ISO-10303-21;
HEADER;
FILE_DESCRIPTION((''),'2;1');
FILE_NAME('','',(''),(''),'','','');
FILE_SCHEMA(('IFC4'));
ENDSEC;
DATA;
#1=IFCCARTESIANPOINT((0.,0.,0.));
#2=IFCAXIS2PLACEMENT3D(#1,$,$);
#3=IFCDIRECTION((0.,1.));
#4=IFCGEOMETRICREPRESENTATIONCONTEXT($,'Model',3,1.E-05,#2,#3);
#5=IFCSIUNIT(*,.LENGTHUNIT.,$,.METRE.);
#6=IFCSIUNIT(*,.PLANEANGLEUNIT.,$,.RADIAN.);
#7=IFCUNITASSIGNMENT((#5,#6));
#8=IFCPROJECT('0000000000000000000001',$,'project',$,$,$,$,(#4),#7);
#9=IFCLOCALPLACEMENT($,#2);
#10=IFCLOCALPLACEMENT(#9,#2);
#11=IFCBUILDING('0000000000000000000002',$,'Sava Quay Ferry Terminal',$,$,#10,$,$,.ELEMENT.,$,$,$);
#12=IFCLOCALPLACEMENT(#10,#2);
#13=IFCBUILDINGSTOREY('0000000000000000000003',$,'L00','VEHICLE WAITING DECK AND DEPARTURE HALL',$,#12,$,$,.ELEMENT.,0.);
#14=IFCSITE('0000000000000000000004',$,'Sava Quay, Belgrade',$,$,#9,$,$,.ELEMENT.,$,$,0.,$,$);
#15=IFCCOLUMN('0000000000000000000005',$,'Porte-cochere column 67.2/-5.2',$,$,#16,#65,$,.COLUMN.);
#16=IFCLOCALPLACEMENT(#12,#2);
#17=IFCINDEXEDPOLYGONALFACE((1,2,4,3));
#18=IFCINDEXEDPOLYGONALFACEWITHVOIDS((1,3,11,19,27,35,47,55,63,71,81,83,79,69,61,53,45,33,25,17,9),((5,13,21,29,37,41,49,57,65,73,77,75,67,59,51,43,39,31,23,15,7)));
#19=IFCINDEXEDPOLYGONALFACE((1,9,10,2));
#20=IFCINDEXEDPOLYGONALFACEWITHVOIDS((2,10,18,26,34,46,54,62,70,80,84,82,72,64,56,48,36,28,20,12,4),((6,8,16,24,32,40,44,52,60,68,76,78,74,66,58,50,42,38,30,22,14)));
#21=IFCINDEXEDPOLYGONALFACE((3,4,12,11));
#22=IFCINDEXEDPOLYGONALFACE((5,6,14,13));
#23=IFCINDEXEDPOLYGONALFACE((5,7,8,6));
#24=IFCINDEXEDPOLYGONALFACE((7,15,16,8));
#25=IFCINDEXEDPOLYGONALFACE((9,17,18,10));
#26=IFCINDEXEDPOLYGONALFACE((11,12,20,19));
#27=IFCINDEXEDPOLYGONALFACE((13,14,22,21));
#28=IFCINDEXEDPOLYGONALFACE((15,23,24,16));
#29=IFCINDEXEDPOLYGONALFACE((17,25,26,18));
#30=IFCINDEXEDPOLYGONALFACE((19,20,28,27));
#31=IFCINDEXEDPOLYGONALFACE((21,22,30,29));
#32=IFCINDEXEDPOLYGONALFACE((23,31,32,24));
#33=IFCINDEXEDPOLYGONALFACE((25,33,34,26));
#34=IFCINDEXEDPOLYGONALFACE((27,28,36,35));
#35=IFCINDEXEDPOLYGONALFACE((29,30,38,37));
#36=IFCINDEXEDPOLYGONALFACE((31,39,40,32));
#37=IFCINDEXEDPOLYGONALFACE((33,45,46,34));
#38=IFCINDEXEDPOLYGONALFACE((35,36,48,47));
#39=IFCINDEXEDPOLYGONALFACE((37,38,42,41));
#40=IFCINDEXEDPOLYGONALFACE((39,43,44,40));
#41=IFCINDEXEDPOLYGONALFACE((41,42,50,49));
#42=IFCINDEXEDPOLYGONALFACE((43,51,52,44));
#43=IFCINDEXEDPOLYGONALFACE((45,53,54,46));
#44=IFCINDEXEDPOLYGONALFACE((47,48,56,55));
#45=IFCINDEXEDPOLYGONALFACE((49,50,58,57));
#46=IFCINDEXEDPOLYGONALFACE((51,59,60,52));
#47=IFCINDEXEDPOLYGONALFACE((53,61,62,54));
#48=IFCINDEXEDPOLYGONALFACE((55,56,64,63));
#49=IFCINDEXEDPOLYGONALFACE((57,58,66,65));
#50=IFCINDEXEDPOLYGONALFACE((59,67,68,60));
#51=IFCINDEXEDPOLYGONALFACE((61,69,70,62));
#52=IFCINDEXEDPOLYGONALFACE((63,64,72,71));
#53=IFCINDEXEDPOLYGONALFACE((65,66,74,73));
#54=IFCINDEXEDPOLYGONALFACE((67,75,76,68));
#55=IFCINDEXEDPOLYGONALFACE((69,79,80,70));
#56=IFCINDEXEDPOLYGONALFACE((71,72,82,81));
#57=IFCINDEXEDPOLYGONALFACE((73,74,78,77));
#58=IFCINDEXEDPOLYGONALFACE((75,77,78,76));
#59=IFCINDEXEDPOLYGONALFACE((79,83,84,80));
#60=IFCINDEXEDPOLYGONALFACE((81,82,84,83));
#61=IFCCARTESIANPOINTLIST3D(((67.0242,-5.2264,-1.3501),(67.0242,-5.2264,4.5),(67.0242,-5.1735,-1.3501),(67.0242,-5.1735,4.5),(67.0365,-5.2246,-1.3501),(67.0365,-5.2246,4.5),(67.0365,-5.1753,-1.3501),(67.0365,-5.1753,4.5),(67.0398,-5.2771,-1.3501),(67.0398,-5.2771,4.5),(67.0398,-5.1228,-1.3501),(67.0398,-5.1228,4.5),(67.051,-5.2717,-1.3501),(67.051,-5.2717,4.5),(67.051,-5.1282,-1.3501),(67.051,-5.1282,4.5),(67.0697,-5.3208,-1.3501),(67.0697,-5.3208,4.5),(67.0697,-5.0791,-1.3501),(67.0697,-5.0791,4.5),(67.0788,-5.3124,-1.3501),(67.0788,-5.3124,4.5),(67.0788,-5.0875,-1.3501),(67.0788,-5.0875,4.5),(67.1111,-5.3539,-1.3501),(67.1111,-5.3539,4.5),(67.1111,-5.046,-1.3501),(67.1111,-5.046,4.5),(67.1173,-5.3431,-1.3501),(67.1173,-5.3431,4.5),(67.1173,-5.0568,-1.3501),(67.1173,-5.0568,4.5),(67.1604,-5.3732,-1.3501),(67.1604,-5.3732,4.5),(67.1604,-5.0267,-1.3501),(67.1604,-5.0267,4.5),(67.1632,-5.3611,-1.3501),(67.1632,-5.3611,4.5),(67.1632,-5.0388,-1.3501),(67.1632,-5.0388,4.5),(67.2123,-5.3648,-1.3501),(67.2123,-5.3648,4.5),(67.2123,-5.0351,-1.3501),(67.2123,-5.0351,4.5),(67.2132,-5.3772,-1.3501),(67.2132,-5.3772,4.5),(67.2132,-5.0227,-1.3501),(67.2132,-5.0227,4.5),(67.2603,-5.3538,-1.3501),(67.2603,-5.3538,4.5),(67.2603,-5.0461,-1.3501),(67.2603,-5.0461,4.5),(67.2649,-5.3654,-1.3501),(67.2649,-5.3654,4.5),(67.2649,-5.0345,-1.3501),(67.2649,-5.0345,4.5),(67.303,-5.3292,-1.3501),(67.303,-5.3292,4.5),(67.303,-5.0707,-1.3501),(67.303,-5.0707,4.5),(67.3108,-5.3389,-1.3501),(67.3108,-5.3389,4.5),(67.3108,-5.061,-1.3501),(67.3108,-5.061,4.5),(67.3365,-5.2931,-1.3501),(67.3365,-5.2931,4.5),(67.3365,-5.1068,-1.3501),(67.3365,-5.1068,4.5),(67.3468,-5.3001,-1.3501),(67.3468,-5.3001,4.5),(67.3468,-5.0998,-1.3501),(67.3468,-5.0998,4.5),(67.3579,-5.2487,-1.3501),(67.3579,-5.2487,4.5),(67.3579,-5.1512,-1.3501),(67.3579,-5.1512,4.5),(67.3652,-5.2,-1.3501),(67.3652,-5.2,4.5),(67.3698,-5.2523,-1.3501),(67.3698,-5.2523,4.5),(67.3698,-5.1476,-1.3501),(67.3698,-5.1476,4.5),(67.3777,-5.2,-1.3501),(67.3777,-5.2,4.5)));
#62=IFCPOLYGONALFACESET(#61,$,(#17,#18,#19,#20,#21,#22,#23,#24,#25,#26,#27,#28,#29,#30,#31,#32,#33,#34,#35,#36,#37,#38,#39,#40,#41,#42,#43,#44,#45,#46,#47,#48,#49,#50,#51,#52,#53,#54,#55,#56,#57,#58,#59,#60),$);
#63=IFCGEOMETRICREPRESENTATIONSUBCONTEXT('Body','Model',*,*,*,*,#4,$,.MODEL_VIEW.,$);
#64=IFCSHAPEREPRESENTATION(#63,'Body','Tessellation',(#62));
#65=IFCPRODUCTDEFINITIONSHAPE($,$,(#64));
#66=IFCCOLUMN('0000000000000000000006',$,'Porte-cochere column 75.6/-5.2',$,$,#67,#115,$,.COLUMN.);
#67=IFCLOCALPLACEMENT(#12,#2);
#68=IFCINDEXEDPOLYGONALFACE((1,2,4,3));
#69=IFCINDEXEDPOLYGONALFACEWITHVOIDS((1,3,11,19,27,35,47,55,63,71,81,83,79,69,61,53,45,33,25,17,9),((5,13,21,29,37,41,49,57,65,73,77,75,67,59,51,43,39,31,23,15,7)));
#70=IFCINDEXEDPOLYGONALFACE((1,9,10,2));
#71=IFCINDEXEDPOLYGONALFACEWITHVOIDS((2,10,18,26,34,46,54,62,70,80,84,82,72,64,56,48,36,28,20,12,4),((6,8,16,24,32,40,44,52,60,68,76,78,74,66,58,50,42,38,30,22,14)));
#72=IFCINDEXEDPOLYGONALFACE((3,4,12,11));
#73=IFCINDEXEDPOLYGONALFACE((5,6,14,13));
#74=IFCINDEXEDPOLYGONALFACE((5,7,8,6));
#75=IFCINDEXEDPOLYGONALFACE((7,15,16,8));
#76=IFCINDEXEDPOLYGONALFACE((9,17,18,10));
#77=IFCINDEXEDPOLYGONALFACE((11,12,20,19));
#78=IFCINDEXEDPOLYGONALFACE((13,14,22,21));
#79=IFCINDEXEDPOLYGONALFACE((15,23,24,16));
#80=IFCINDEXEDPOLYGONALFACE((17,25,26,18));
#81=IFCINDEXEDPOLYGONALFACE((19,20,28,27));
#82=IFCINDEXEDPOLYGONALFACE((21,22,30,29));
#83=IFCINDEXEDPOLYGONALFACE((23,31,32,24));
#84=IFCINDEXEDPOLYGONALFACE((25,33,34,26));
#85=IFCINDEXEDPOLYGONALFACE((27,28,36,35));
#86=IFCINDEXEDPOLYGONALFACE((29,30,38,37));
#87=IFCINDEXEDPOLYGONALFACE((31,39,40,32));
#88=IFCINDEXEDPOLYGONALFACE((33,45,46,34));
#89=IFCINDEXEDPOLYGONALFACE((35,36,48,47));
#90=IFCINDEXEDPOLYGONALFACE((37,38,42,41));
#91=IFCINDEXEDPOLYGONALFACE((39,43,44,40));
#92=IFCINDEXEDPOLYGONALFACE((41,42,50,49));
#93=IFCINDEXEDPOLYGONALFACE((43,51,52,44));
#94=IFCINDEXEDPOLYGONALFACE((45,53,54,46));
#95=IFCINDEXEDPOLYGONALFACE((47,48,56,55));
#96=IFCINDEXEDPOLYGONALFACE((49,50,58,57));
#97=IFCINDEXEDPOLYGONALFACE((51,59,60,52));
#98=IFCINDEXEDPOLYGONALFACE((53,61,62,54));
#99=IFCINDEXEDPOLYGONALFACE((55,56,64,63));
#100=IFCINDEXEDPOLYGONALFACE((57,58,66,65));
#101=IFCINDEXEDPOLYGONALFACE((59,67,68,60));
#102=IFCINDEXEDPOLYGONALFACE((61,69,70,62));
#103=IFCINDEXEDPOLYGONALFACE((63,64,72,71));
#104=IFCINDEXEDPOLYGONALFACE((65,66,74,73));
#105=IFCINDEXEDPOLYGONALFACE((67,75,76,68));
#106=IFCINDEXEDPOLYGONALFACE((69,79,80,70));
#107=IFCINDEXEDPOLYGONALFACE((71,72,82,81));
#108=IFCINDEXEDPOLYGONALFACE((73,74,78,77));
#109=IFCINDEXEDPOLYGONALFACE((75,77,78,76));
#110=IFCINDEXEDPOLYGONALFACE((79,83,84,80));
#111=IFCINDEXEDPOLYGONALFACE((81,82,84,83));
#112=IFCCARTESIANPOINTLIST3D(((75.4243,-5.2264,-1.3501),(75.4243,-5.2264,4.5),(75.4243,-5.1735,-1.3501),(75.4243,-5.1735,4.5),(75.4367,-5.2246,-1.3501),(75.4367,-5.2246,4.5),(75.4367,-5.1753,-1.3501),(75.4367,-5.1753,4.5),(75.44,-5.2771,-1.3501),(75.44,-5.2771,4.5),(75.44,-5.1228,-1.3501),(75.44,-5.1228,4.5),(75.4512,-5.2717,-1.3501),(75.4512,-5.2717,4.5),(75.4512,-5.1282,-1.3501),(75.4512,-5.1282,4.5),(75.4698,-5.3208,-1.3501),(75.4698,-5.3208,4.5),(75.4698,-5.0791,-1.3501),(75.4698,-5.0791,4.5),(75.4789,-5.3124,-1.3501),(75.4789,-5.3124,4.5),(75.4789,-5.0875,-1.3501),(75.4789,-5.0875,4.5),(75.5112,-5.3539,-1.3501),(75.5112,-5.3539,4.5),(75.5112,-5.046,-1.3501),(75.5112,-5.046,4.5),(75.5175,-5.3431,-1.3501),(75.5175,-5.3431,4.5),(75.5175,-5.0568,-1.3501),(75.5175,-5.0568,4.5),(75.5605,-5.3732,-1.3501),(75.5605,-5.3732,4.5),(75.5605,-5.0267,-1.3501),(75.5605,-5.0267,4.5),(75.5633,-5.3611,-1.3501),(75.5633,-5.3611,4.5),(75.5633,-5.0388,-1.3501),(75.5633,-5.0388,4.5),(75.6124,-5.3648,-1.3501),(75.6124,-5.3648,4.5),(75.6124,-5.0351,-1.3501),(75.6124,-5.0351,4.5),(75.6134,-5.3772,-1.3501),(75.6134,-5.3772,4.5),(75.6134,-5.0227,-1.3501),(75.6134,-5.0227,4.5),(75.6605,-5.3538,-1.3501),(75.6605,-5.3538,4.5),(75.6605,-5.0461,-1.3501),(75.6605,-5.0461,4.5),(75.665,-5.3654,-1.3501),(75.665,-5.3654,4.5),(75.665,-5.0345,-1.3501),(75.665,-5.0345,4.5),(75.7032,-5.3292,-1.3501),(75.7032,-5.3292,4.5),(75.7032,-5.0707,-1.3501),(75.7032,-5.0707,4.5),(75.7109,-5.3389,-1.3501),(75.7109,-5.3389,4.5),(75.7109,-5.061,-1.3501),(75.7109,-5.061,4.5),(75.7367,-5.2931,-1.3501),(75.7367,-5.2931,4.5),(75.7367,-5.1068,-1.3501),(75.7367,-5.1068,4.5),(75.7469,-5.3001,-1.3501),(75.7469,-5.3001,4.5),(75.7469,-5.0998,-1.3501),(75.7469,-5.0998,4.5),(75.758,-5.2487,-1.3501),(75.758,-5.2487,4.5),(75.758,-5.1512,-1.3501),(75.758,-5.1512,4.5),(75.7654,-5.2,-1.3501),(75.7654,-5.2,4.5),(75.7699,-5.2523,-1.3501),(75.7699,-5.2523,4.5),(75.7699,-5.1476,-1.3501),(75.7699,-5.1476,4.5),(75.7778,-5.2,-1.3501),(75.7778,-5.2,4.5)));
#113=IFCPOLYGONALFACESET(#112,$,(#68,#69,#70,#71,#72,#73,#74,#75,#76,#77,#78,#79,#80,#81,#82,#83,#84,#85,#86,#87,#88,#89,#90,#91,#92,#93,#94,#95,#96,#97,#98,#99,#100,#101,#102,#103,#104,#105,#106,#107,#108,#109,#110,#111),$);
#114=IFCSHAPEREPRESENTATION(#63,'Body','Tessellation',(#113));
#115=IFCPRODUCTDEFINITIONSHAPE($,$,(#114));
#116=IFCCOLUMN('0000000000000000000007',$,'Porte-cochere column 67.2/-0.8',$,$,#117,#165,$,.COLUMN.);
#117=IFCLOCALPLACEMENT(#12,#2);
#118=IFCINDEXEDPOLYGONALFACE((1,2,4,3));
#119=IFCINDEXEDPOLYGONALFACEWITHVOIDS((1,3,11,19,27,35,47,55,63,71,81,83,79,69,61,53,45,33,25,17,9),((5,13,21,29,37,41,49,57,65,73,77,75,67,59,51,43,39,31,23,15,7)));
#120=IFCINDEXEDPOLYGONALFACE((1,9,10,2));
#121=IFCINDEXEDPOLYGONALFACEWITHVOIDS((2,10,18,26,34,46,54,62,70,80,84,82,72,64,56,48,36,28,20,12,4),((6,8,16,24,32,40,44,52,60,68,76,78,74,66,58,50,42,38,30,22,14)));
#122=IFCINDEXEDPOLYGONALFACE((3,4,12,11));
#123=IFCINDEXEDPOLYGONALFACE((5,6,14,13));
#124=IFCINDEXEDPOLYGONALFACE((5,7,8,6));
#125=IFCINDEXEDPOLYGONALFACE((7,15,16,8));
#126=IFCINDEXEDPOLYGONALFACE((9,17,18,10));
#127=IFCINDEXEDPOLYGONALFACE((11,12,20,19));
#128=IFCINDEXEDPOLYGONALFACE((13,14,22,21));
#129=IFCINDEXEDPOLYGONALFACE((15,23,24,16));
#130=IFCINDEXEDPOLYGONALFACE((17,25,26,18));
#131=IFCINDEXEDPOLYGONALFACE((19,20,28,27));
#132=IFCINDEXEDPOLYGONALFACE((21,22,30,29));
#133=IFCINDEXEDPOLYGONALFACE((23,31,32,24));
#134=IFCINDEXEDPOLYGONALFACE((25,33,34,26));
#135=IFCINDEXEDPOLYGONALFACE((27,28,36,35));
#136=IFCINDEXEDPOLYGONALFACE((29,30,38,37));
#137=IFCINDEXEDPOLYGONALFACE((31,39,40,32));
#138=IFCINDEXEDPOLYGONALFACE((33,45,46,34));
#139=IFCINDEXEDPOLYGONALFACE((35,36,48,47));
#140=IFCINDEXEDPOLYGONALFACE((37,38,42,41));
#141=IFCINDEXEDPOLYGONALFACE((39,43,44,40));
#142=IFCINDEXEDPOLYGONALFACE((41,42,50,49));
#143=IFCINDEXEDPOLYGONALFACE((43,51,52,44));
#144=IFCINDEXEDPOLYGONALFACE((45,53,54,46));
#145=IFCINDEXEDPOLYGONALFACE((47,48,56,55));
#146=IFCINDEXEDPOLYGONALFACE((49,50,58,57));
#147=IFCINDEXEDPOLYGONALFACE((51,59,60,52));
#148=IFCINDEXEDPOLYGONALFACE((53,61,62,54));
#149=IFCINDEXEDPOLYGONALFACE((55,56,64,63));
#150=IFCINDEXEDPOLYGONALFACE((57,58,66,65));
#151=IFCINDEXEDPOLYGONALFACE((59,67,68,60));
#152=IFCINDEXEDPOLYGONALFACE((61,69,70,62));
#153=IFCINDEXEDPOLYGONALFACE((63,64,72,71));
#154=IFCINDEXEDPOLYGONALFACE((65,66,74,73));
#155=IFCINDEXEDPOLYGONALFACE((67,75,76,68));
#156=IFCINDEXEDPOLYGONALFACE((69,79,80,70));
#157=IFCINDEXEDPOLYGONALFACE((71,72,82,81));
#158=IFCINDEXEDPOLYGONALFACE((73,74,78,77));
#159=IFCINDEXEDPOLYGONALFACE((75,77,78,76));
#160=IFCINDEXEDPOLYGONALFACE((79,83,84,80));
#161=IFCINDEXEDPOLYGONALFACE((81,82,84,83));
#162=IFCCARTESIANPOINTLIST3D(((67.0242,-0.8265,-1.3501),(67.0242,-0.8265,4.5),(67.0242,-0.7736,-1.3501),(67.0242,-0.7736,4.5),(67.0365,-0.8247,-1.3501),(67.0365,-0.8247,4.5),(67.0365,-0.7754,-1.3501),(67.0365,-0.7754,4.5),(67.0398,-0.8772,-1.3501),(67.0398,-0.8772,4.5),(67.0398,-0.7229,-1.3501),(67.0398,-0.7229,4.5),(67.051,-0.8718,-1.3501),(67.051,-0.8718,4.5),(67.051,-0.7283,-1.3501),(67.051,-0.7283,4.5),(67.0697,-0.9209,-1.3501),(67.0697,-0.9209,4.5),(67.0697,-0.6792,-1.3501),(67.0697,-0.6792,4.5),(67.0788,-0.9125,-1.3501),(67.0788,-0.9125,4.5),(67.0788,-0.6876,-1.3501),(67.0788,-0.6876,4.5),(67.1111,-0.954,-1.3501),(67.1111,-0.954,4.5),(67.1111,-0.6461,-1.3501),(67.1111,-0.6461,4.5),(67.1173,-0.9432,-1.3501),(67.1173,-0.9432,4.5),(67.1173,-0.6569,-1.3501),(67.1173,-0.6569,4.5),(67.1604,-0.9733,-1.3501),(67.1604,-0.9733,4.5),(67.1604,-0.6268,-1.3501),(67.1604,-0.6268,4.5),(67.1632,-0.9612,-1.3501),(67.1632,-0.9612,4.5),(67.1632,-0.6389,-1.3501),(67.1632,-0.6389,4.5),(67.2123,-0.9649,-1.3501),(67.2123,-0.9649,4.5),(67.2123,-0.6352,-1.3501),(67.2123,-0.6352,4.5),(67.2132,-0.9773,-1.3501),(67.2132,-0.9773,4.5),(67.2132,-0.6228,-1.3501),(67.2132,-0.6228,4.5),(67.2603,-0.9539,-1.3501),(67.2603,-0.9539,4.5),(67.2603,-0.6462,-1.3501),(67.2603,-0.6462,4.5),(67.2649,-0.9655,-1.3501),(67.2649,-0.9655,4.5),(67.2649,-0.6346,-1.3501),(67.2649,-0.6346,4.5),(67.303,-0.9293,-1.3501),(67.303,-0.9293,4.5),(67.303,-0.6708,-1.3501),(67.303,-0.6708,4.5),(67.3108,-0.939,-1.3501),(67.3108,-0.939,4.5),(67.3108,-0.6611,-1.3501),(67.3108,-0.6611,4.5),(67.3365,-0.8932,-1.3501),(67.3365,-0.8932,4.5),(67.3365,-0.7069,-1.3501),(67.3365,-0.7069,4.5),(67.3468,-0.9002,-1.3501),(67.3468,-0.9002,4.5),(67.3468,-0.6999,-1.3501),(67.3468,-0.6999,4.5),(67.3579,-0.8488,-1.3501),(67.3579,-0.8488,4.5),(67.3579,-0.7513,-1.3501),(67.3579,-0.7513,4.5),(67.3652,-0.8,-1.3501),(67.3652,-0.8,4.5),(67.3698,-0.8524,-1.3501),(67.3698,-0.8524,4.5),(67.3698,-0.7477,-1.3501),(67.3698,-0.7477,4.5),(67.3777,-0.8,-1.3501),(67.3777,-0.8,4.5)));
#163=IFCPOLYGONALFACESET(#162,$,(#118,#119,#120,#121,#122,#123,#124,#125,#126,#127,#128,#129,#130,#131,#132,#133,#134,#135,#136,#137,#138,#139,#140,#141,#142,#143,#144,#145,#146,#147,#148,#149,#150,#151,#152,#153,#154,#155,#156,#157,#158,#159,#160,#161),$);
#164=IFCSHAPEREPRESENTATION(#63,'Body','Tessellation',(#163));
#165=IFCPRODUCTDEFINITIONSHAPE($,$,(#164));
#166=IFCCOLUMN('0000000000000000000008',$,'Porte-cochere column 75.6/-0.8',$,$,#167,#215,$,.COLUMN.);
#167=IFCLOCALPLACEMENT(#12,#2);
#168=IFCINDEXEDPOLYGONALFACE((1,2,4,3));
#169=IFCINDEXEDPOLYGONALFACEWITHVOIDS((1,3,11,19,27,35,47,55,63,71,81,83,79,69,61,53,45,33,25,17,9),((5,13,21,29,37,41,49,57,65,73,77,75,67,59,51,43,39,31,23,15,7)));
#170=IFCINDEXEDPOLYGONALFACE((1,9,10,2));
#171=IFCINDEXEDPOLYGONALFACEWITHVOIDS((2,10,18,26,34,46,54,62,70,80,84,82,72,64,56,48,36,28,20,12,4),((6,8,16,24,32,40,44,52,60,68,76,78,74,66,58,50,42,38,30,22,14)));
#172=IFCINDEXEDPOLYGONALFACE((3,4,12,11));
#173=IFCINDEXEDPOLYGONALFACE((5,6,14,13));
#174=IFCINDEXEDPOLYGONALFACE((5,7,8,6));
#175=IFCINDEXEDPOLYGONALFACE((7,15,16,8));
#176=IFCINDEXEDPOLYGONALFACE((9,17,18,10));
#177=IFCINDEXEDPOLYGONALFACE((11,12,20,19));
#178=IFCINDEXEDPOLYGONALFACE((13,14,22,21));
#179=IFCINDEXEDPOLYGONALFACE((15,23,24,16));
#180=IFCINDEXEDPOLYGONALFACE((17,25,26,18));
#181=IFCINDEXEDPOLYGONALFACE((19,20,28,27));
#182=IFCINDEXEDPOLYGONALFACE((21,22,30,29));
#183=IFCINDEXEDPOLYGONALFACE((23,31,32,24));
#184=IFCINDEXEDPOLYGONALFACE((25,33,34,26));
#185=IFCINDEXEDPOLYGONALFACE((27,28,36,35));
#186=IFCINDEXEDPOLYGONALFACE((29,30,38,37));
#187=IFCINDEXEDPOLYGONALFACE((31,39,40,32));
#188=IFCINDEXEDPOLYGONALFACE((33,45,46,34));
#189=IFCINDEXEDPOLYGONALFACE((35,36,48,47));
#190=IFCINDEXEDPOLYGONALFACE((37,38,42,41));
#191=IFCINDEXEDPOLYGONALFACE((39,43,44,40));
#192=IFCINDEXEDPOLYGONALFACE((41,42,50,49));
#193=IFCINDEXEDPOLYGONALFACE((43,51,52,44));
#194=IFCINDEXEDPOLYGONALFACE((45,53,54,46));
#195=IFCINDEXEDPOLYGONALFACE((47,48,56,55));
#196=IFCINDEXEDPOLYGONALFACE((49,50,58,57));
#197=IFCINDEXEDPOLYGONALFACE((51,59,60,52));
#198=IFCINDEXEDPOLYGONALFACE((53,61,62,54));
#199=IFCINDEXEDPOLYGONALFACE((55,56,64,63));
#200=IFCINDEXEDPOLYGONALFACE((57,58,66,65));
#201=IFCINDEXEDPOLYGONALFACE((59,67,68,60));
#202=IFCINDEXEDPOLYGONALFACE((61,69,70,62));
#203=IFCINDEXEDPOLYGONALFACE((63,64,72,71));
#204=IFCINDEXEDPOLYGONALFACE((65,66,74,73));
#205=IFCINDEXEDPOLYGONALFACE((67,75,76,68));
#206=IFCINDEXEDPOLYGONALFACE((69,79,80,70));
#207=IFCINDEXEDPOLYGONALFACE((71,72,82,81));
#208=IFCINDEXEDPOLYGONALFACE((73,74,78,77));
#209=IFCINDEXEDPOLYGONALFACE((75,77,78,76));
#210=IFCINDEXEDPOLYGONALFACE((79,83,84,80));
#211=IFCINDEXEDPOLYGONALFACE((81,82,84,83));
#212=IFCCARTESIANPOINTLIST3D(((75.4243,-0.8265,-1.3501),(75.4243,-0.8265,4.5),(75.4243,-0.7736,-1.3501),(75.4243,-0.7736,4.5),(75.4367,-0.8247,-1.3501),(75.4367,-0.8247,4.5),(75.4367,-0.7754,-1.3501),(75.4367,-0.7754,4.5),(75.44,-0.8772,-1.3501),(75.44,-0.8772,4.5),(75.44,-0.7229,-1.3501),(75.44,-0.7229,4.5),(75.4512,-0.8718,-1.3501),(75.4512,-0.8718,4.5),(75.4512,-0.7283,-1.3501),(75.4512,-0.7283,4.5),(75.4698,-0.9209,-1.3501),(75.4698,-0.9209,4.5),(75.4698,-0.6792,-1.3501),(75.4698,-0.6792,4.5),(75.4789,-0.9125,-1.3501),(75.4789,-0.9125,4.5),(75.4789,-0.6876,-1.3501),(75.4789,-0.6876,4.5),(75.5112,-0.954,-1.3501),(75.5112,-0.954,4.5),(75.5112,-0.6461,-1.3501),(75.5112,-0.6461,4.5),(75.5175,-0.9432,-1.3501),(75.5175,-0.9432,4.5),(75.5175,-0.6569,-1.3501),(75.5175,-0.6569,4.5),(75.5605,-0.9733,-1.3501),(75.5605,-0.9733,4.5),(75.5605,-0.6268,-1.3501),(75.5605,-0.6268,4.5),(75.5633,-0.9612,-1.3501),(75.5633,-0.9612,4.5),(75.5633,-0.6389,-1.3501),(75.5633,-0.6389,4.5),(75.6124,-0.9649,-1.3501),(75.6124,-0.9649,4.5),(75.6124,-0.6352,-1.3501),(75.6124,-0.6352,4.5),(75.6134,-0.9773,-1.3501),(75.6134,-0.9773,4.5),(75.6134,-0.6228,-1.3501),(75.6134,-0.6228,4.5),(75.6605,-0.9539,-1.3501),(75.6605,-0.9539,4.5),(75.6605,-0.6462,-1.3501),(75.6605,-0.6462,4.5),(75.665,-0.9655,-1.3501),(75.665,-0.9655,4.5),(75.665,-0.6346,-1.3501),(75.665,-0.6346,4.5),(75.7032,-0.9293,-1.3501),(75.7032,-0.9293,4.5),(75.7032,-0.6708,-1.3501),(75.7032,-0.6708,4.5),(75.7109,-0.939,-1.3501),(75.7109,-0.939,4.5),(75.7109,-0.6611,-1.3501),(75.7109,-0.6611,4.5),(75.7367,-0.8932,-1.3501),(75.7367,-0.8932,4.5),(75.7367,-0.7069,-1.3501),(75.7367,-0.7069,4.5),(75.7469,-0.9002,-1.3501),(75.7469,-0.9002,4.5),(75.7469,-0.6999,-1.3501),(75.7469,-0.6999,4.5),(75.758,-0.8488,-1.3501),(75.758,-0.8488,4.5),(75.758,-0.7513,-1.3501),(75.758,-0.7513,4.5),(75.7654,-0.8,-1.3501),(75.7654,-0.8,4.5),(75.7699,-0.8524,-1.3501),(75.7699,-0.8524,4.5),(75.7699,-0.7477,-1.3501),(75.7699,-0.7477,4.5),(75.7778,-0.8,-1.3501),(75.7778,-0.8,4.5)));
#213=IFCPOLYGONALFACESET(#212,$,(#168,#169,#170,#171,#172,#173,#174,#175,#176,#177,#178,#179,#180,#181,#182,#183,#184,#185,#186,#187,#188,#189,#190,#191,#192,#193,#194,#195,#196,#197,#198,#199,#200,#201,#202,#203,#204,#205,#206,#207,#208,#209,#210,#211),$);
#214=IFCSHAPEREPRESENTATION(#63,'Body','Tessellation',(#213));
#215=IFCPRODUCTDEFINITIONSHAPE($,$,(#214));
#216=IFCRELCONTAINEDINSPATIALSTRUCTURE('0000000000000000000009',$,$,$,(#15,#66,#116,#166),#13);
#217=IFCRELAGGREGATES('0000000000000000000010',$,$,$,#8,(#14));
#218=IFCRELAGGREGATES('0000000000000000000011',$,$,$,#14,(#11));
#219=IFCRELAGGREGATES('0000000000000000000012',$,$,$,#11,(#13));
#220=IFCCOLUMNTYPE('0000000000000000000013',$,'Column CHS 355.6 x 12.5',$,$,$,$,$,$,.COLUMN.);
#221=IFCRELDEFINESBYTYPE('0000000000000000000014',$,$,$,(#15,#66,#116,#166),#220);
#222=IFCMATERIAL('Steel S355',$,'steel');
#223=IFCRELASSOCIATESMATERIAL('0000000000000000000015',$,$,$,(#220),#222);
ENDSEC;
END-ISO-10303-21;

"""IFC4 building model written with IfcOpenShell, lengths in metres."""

from ifc_helpers import new_model, si_unit, direction, frame, origin, origin_2d, place, context, subcontext, project, spatial, hollow_circle, extrude, material, material_profile, profile_set, type_object, element, save


model = new_model("IFC4")

# Units and contexts
model_context = context("Model", 3, precision=1e-05, world=origin(), true_north=direction((0.0, 1.0)))
body_context = subcontext(model_context, "Body", "Model", "MODEL_VIEW")
ifc_project = project(units=[si_unit("LENGTHUNIT", "METRE"), si_unit("PLANEANGLEUNIT", "RADIAN")], contexts=[model_context])

# Site, building, storey
site_placement = place(None, origin())
site = spatial("IfcSite", under=ifc_project, at=site_placement, Name="Sava Quay, Belgrade", CompositionType="ELEMENT", RefElevation=0.0)
building_placement = place(site_placement, origin())
building = spatial("IfcBuilding", under=site, at=building_placement, Name="Sava Quay Ferry Terminal", CompositionType="ELEMENT")
storey_placement = place(building_placement, origin())
storey = spatial("IfcBuildingStorey", under=building, at=storey_placement, Name="L00", Description="VEHICLE WAITING DECK AND DEPARTURE HALL", CompositionType="ELEMENT", Elevation=0.0)

# Columns
ifc_material_1 = material(Name="Steel S355", Category="steel")
ifc_material_profile_1 = material_profile(ifc_material_1, hollow_circle(Radius=0.1777, WallThickness=0.0125, at=origin_2d()), Name="CHS 355.6 x 12.5")
ifc_profile_set_1 = profile_set([ifc_material_profile_1], Name="Steel S355")
column_type = type_object("IfcColumnType", Name="Column CHS 355.6 x 12.5", PredefinedType="COLUMN", material=ifc_profile_set_1)
for number, where, z_axis, x_axis, name in (
    (1, (67.2, -5.2, -1.3501), (0.0, 0.0, 1.0), (1.0, 0.0, 0.0), "Porte-cochere column 67.2/-5.2"),
    (2, (75.6001, -5.2, -1.3501), (0.0, 0.0, 1.0), (1.0, 0.0, 0.0), "Porte-cochere column 75.6/-5.2"),
    (3, (67.2, -0.8, -1.3501), (0.0, 0.0, 1.0), (1.0, 0.0, 0.0), "Porte-cochere column 67.2/-0.8"),
    (4, (75.6001, -0.8, -1.3501), (0.0, 0.0, 1.0), (1.0, 0.0, 0.0), "Porte-cochere column 75.6/-0.8"),
):
    element("IfcColumn", number, at=place(storey_placement, frame(where, z_axis=z_axis, x_axis=x_axis)), inside=storey, type_object=column_type, Name=name, PredefinedType="COLUMN", context=body_context, shape_type="SweptSolid", body=[
        extrude(hollow_circle(Radius=0.1777, WallThickness=0.0125, at=origin_2d()), origin(), (0.0, 0.0, 1.0), 5.8501),
    ])

save(model, "model.ifc")
